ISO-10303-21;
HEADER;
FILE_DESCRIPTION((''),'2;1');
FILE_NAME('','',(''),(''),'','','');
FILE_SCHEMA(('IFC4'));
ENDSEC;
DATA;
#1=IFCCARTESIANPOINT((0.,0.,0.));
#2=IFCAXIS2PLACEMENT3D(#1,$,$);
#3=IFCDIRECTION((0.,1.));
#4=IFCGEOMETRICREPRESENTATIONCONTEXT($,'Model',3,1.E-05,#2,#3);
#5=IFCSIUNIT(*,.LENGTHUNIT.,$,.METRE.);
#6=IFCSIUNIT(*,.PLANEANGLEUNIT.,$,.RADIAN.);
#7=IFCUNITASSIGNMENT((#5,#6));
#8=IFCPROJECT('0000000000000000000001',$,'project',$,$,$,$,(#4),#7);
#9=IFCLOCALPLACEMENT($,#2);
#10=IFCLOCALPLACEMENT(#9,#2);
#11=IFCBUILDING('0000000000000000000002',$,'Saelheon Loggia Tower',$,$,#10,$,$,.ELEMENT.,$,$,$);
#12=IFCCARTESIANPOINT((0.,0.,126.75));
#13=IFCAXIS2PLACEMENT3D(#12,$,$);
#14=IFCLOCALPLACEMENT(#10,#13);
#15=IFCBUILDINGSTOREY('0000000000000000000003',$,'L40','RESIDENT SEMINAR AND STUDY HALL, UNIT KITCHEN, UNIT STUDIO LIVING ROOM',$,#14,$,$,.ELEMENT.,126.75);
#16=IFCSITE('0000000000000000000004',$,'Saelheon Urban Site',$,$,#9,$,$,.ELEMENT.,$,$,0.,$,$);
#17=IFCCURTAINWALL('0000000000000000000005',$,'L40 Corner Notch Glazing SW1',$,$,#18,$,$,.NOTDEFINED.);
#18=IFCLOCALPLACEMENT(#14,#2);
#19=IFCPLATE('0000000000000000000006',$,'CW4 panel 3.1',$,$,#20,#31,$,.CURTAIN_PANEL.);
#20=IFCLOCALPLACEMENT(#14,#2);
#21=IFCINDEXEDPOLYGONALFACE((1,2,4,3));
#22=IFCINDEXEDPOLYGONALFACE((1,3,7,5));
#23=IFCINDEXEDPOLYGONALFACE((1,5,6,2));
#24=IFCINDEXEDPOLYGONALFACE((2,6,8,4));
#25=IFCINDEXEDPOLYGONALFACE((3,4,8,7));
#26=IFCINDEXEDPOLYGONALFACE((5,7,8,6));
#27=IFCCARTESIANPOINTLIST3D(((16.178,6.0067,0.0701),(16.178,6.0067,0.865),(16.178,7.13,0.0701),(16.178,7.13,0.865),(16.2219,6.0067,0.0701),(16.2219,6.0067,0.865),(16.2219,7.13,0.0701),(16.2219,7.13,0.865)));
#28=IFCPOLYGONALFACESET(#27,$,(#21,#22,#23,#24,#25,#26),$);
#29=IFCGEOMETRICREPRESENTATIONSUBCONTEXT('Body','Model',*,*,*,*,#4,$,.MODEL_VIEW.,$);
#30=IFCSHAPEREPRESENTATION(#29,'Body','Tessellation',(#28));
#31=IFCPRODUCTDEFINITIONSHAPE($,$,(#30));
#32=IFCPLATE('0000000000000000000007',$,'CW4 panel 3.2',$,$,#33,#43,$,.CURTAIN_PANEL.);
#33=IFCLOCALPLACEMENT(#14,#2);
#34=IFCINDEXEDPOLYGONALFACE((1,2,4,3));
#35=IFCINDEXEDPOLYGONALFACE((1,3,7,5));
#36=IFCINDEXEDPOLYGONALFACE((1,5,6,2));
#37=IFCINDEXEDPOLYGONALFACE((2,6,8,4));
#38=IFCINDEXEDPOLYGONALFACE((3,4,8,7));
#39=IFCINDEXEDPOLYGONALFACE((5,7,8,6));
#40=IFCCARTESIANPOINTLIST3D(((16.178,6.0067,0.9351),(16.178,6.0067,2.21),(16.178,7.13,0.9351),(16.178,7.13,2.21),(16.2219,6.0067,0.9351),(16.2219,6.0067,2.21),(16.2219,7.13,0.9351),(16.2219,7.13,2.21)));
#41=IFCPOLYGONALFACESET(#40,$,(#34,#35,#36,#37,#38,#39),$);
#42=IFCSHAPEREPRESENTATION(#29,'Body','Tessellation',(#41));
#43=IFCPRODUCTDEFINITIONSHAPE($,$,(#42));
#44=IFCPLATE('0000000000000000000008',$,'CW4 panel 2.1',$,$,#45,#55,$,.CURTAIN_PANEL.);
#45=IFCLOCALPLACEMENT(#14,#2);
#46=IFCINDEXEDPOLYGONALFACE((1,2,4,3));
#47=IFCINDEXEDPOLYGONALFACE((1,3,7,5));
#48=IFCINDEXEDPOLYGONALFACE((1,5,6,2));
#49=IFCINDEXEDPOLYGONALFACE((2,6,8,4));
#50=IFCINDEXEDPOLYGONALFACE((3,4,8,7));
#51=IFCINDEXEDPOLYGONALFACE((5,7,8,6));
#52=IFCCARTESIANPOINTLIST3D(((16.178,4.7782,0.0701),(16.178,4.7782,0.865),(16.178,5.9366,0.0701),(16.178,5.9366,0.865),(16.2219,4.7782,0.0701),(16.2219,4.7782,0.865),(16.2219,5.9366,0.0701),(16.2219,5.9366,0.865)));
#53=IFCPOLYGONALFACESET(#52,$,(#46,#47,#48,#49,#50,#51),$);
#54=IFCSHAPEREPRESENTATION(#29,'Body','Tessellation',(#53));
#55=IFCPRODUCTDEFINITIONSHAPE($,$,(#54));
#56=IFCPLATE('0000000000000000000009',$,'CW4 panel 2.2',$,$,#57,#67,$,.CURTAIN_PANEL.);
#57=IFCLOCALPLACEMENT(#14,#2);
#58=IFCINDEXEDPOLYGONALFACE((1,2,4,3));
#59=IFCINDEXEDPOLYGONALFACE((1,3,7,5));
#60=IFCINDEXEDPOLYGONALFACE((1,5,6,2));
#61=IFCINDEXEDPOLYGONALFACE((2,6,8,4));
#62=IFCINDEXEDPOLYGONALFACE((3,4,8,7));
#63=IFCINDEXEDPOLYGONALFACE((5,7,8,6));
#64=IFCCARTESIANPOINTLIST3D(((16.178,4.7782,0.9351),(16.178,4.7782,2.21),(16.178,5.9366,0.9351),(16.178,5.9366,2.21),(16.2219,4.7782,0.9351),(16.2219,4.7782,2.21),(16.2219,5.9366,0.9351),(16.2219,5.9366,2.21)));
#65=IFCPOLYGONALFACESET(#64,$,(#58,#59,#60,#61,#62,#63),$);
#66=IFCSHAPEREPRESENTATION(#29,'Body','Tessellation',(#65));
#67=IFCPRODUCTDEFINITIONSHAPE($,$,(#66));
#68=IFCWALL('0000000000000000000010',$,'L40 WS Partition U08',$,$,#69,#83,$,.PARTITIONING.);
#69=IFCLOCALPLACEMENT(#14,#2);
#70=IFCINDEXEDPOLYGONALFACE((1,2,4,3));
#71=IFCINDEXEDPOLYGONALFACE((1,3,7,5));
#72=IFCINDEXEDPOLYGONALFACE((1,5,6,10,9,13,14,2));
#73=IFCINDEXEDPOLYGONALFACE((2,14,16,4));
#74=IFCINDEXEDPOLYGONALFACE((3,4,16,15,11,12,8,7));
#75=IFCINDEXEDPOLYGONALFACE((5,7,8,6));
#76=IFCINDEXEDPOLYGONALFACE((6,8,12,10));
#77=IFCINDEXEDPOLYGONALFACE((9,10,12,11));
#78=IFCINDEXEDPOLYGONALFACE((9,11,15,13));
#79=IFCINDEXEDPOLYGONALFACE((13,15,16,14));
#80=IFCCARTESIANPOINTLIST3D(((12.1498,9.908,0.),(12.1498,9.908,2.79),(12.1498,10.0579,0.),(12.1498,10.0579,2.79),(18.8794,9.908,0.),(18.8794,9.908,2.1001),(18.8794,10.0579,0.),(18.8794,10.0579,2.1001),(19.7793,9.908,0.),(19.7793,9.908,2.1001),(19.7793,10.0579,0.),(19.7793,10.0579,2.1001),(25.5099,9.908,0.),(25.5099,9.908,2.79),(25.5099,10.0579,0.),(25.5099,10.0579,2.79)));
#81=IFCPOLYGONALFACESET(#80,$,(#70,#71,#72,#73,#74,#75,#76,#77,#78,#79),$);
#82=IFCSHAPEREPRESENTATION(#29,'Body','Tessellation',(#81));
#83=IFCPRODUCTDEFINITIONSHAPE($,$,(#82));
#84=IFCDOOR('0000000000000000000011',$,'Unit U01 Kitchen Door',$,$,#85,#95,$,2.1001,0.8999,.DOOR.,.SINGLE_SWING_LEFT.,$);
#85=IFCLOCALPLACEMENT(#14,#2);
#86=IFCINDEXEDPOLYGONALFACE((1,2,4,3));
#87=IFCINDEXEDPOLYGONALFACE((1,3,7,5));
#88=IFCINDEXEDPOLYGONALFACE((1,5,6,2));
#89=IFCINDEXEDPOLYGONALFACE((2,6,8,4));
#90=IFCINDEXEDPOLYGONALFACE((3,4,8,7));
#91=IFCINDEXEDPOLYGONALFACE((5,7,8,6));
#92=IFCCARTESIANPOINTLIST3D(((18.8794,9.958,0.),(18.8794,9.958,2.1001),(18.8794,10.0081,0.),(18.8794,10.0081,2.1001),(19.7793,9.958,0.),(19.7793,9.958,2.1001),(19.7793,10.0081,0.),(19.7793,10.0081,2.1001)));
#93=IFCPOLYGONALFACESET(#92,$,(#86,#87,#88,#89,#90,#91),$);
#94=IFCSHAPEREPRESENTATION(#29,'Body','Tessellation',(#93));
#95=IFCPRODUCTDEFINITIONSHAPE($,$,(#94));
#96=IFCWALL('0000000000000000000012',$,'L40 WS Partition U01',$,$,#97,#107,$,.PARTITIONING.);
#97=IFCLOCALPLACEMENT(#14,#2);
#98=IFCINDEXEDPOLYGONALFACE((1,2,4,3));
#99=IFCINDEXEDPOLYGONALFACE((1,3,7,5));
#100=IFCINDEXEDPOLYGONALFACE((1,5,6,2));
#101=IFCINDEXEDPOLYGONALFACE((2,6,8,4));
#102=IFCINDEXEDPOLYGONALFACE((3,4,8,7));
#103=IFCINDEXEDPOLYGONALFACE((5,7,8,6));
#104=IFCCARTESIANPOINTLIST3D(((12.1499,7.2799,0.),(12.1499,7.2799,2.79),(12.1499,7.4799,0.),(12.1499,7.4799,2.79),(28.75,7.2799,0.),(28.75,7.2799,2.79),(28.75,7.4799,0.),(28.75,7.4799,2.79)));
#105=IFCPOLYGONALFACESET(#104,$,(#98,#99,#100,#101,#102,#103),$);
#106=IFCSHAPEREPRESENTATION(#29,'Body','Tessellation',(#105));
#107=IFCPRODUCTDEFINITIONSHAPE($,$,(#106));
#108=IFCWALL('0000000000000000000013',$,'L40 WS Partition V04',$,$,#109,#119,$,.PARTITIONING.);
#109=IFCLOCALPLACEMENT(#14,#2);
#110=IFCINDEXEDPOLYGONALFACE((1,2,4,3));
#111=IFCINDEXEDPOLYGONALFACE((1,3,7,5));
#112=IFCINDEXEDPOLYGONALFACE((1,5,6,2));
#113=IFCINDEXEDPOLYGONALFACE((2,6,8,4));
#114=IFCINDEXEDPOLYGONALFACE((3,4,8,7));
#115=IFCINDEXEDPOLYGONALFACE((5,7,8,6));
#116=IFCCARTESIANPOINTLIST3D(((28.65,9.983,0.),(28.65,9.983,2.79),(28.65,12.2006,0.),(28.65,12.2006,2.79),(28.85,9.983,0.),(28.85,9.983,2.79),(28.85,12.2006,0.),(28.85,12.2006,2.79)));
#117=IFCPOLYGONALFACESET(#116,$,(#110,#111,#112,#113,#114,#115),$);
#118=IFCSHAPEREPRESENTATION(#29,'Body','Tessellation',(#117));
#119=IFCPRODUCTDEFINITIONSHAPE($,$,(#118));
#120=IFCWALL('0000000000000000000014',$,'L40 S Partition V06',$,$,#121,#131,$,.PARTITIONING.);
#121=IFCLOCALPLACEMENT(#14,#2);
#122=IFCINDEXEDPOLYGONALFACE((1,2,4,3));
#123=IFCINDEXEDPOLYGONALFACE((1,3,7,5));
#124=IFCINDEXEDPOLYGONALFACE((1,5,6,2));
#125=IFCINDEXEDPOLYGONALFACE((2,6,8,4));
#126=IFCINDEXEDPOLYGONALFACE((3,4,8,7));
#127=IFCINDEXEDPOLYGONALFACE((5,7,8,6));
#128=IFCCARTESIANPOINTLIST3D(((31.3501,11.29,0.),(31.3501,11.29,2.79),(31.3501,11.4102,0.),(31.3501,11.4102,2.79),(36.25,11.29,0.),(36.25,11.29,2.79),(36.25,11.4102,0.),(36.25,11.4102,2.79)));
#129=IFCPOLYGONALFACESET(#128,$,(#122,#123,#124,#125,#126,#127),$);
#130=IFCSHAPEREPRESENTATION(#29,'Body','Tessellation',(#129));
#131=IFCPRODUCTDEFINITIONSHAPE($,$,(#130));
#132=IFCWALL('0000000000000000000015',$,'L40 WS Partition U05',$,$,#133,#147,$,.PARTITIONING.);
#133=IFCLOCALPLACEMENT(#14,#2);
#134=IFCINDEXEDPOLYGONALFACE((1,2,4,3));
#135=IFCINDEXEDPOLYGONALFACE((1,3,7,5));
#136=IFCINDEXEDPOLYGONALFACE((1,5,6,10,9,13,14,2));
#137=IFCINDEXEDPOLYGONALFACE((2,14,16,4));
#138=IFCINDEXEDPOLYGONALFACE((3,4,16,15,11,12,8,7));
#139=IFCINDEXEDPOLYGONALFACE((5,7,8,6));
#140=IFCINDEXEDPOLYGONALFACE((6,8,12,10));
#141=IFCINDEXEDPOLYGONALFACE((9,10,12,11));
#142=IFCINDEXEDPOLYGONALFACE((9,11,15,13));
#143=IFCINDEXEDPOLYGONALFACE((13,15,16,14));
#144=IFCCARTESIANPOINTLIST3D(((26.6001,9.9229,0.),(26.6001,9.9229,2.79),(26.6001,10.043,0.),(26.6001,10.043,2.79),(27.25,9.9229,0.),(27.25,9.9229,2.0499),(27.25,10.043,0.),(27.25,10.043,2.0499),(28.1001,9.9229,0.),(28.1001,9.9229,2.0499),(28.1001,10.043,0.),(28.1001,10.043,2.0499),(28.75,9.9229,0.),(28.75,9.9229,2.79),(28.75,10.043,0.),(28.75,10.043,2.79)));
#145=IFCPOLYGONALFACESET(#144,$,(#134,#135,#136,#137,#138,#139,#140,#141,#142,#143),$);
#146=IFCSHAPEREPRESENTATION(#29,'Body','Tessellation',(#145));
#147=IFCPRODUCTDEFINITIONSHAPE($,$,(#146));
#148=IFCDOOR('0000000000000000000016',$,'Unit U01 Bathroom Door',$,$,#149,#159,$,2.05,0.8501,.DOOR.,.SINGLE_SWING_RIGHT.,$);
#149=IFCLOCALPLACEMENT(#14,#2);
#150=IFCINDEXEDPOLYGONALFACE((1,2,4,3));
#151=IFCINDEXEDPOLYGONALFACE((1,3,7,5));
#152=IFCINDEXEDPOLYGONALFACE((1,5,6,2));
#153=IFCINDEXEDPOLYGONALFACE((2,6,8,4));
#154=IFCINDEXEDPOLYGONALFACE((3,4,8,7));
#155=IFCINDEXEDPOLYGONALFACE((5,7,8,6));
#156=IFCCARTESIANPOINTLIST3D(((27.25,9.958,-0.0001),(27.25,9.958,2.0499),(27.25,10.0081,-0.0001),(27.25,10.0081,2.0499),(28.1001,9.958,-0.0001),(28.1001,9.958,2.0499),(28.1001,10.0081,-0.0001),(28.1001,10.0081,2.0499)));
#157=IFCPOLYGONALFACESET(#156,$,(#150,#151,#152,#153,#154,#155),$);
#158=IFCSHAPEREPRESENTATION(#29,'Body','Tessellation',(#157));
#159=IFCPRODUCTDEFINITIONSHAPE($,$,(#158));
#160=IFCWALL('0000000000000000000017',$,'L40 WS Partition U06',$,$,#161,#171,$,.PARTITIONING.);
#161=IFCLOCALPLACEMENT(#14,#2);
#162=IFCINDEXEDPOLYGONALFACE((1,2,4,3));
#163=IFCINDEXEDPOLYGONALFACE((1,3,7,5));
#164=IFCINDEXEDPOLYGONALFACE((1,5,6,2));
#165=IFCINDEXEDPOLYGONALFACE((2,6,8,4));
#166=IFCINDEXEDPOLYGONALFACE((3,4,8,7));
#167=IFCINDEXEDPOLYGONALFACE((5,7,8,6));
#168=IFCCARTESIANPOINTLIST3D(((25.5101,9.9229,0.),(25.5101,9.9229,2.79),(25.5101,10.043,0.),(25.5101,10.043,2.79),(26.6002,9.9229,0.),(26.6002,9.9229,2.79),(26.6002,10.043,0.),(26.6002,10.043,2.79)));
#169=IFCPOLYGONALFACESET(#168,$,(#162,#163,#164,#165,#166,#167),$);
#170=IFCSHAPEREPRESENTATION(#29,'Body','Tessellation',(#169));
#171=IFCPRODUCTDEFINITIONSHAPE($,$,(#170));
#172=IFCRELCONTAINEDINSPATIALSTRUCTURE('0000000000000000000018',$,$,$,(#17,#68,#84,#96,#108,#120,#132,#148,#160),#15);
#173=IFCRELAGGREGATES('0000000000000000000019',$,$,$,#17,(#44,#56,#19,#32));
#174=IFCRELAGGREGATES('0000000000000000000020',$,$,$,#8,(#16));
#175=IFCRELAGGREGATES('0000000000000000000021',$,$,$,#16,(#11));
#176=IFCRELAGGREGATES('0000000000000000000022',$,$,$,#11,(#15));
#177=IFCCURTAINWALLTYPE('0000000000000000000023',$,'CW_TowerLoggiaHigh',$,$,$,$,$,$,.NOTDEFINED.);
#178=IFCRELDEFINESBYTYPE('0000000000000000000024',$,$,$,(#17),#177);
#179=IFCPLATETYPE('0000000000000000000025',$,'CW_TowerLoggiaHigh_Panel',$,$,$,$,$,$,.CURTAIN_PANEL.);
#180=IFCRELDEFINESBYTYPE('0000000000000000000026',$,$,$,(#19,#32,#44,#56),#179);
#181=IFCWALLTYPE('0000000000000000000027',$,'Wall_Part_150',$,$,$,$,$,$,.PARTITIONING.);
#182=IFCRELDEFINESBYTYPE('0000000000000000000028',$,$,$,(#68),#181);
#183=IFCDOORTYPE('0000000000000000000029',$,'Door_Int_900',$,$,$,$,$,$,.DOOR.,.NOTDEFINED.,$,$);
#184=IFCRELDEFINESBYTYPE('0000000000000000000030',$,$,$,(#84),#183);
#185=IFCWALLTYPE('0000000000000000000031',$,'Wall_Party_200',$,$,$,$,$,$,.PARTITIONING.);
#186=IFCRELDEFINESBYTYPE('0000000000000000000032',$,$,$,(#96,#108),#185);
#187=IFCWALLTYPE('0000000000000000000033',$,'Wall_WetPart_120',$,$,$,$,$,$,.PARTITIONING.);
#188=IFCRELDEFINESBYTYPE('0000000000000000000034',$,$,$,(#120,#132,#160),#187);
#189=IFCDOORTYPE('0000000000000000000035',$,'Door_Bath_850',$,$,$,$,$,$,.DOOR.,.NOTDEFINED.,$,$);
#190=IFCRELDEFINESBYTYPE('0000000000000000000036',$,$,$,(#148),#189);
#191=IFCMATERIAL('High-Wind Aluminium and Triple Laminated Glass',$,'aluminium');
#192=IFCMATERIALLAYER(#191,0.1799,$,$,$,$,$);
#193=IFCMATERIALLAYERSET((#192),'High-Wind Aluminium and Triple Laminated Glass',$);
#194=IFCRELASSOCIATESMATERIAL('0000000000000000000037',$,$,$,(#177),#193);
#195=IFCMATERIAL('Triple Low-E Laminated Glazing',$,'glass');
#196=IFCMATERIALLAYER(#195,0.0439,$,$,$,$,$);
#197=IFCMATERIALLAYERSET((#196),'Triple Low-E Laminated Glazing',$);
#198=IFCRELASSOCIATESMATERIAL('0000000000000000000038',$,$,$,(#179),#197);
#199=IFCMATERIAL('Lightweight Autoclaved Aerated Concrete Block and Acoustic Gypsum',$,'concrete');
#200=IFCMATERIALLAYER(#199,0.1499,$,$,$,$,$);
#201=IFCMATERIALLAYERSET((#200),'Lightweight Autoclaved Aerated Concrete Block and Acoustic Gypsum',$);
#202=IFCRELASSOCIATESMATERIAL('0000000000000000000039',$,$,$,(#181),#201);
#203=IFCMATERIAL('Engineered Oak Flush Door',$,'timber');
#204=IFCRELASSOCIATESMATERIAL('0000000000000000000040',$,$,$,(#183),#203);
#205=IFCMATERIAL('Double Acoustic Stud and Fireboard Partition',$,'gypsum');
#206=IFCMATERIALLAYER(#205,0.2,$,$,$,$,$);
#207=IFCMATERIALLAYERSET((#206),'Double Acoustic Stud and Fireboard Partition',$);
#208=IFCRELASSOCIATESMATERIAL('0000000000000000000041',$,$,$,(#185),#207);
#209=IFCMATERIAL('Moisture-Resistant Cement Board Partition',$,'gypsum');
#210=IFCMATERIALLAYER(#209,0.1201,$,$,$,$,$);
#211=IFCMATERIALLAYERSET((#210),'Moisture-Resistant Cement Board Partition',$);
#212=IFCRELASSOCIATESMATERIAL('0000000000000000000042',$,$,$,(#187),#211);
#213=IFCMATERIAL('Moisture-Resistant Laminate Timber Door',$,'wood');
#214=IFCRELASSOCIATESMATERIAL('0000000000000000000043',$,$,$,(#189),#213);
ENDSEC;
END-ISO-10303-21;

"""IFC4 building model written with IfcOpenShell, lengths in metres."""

from ifc_helpers import new_model, si_unit, direction, frame, frame_2d, origin, origin_2d, place, context, subcontext, project, spatial, rectangle, extrude, source, transform, mapped, material, layer, layer_set, type_object, element, fill, aggregate, save


model = new_model("IFC4")

# Units and contexts
model_context = context("Model", 3, precision=1e-05, world=origin(), true_north=direction((0.0, 1.0)))
body_context = subcontext(model_context, "Body", "Model", "MODEL_VIEW")
ifc_project = project(units=[si_unit("LENGTHUNIT", "METRE"), si_unit("PLANEANGLEUNIT", "RADIAN")], contexts=[model_context])

# Site, building, storey
site_placement = place(None, origin())
site = spatial("IfcSite", under=ifc_project, at=site_placement, Name="Saelheon Urban Site", CompositionType="ELEMENT", RefElevation=0.0)
building_placement = place(site_placement, origin())
building = spatial("IfcBuilding", under=site, at=building_placement, Name="Saelheon Loggia Tower", CompositionType="ELEMENT")
storey_placement = place(building_placement, frame((0.0, 0.0, 126.75)))
storey = spatial("IfcBuildingStorey", under=building, at=storey_placement, Name="L40", Description="RESIDENT SEMINAR AND STUDY HALL, UNIT KITCHEN, UNIT STUDIO LIVING ROOM", CompositionType="ELEMENT", Elevation=126.75)

# Curtain wall, plates
ifc_material_1 = material(Name="High-Wind Aluminium and Triple Laminated Glass", Category="aluminium")
ifc_layer_1 = layer(ifc_material_1, 0.1799)
ifc_layer_set_1 = layer_set([ifc_layer_1], Name="High-Wind Aluminium and Triple Laminated Glass")
curtain_wall_type = type_object("IfcCurtainWallType", Name="CW_TowerLoggiaHigh", PredefinedType="NOTDEFINED", material=ifc_layer_set_1)
curtain_wall_placement = place(storey_placement, origin())
curtain_wall = element("IfcCurtainWall", 1, at=curtain_wall_placement, inside=storey, type_object=curtain_wall_type, Name="L40 Corner Notch Glazing SW1", PredefinedType="NOTDEFINED")
ifc_material_2 = material(Name="Triple Low-E Laminated Glazing", Category="glass")
ifc_layer_2 = layer(ifc_material_2, 0.0439)
ifc_layer_set_2 = layer_set([ifc_layer_2], Name="Triple Low-E Laminated Glazing")
plate_type = type_object("IfcPlateType", Name="CW_TowerLoggiaHigh_Panel", PredefinedType="CURTAIN_PANEL", material=ifc_layer_set_2)
shared_shape_1 = source(origin(), body_context, "Body", "SweptSolid", [
    extrude(rectangle(XDim=1.1233, YDim=0.0439, at=origin_2d()), origin(), (0.0, 0.0, 1.0), 0.7949),
])
plate_1_placement = place(storey_placement, frame((16.2, 6.5684, 0.0701), z_axis=(0.0, 0.0, 1.0), x_axis=(0.0, 1.0, 0.0)))
plate_1 = element("IfcPlate", 2, at=plate_1_placement, type_object=plate_type, Name="CW4 panel 3.1", PredefinedType="CURTAIN_PANEL", context=body_context, shape_type="MappedRepresentation", body=[
    mapped(shared_shape_1, transform((0.0, 0.0, 0.0), scale=1.0)),
])
shared_shape_2 = source(origin(), body_context, "Body", "SweptSolid", [
    extrude(rectangle(XDim=1.1233, YDim=0.0439, at=origin_2d()), origin(), (0.0, 0.0, 1.0), 1.2749),
])
plate_2_placement = place(storey_placement, frame((16.2, 6.5684, 0.9351), z_axis=(0.0, 0.0, 1.0), x_axis=(0.0, 1.0, 0.0)))
plate_2 = element("IfcPlate", 3, at=plate_2_placement, type_object=plate_type, Name="CW4 panel 3.2", PredefinedType="CURTAIN_PANEL", context=body_context, shape_type="MappedRepresentation", body=[
    mapped(shared_shape_2, transform((0.0, 0.0, 0.0), scale=1.0)),
])
shared_shape_3 = source(origin(), body_context, "Body", "SweptSolid", [
    extrude(rectangle(XDim=1.1584, YDim=0.0439, at=origin_2d()), origin(), (0.0, 0.0, 1.0), 0.7949),
])
plate_3_placement = place(storey_placement, frame((16.2, 5.3574, 0.0701), z_axis=(0.0, 0.0, 1.0), x_axis=(0.0, 1.0, 0.0)))
plate_3 = element("IfcPlate", 4, at=plate_3_placement, type_object=plate_type, Name="CW4 panel 2.1", PredefinedType="CURTAIN_PANEL", context=body_context, shape_type="MappedRepresentation", body=[
    mapped(shared_shape_3, transform((0.0, 0.0, 0.0), scale=1.0)),
])
shared_shape_4 = source(origin(), body_context, "Body", "SweptSolid", [
    extrude(rectangle(XDim=1.1584, YDim=0.0439, at=origin_2d()), origin(), (0.0, 0.0, 1.0), 1.2749),
])
plate_4_placement = place(storey_placement, frame((16.2, 5.3574, 0.9351), z_axis=(0.0, 0.0, 1.0), x_axis=(0.0, 1.0, 0.0)))
plate_4 = element("IfcPlate", 5, at=plate_4_placement, type_object=plate_type, Name="CW4 panel 2.2", PredefinedType="CURTAIN_PANEL", context=body_context, shape_type="MappedRepresentation", body=[
    mapped(shared_shape_4, transform((0.0, 0.0, 0.0), scale=1.0)),
])
aggregate(curtain_wall, [plate_3, plate_4, plate_1, plate_2])

# Wall, opening, door
ifc_material_3 = material(Name="Lightweight Autoclaved Aerated Concrete Block and Acoustic Gypsum", Category="concrete")
ifc_layer_3 = layer(ifc_material_3, 0.1499)
ifc_layer_set_3 = layer_set([ifc_layer_3], Name="Lightweight Autoclaved Aerated Concrete Block and Acoustic Gypsum")
wall_type_1 = type_object("IfcWallType", Name="Wall_Part_150", PredefinedType="PARTITIONING", material=ifc_layer_set_3)
wall_1_placement = place(storey_placement, frame((25.51, 9.9829, 0.0), z_axis=(0.0, 0.0, 1.0), x_axis=(-1.0, 0.0, 0.0)))
wall_1 = element("IfcWall", 6, at=wall_1_placement, inside=storey, type_object=wall_type_1, Name="L40 WS Partition U08", PredefinedType="PARTITIONING", context=body_context, shape_type="SweptSolid", body=[
    extrude(rectangle(XDim=13.3601, YDim=0.1499, at=frame_2d((6.6802, 0.0))), origin(), (0.0, 0.0, 1.0), 2.79),
])
opening_1_placement = place(wall_1_placement, frame((5.7307, 0.0, 0.0)))
opening_1 = element("IfcOpeningElement", 7, at=opening_1_placement, cuts=wall_1, PredefinedType="OPENING", context=body_context, shape_type="SweptSolid", body=[
    extrude(rectangle(XDim=0.8999, YDim=2.1001, at=frame_2d((0.45, 1.05))), frame((0.0, 0.0869, 0.0), z_axis=(0.0, -1.0, 0.0), x_axis=(1.0, 0.0, 0.0)), (0.0, 0.0, 1.0), 0.1738),
])
ifc_material_4 = material(Name="Engineered Oak Flush Door", Category="timber")
door_type_1 = type_object("IfcDoorType", Name="Door_Int_900", OperationType="NOTDEFINED", PredefinedType="DOOR", material=ifc_material_4)
shared_shape_5 = source(origin(), body_context, "Body", "SweptSolid", [
    extrude(rectangle(XDim=0.8999, YDim=2.1001, at=frame_2d((0.45, 1.05))), frame((0.0, 0.0249, 0.0), z_axis=(0.0, -1.0, 0.0), x_axis=(1.0, 0.0, 0.0)), (0.0, 0.0, 1.0), 0.05),
])
door_1_placement = place(opening_1_placement, origin())
door_1 = element("IfcDoor", 8, at=door_1_placement, inside=storey, type_object=door_type_1, Name="Unit U01 Kitchen Door", OperationType="SINGLE_SWING_LEFT", OverallHeight=2.1001, OverallWidth=0.8999, PredefinedType="DOOR", context=body_context, shape_type="MappedRepresentation", body=[
    mapped(shared_shape_5, transform((0.0, 0.0, 0.0), scale=1.0)),
])
fill(opening_1, door_1)

# Wall
ifc_material_5 = material(Name="Double Acoustic Stud and Fireboard Partition", Category="gypsum")
ifc_layer_4 = layer(ifc_material_5, 0.2)
ifc_layer_set_4 = layer_set([ifc_layer_4], Name="Double Acoustic Stud and Fireboard Partition")
wall_type_2 = type_object("IfcWallType", Name="Wall_Party_200", PredefinedType="PARTITIONING", material=ifc_layer_set_4)
wall_2_placement = place(storey_placement, frame((28.75, 7.3799, 0.0), z_axis=(0.0, 0.0, 1.0), x_axis=(-1.0, 0.0, 0.0)))
element("IfcWall", 9, at=wall_2_placement, inside=storey, type_object=wall_type_2, Name="L40 WS Partition U01", PredefinedType="PARTITIONING", context=body_context, shape_type="SweptSolid", body=[
    extrude(rectangle(XDim=16.6001, YDim=0.2, at=frame_2d((8.3, 0.0))), origin(), (0.0, 0.0, 1.0), 2.79),
])

# Walls
wall_3_placement = place(storey_placement, frame((28.75, 9.9829, 0.0), z_axis=(0.0, 0.0, 1.0), x_axis=(0.0, 1.0, 0.0)))
element("IfcWall", 10, at=wall_3_placement, inside=storey, type_object=wall_type_2, Name="L40 WS Partition V04", PredefinedType="PARTITIONING", context=body_context, shape_type="SweptSolid", body=[
    extrude(rectangle(XDim=2.2175, YDim=0.2, at=frame_2d((1.1089, 0.0))), origin(), (0.0, 0.0, 1.0), 2.79),
])
ifc_material_6 = material(Name="Moisture-Resistant Cement Board Partition", Category="gypsum")
ifc_layer_5 = layer(ifc_material_6, 0.1201)
ifc_layer_set_5 = layer_set([ifc_layer_5], Name="Moisture-Resistant Cement Board Partition")
wall_type_3 = type_object("IfcWallType", Name="Wall_WetPart_120", PredefinedType="PARTITIONING", material=ifc_layer_set_5)
wall_4_placement = place(storey_placement, frame((31.3501, 11.3501, 0.0), z_axis=(0.0, 0.0, 1.0), x_axis=(1.0, 0.0, 0.0)))
element("IfcWall", 11, at=wall_4_placement, inside=storey, type_object=wall_type_3, Name="L40 S Partition V06", PredefinedType="PARTITIONING", context=body_context, shape_type="SweptSolid", body=[
    extrude(rectangle(XDim=4.8999, YDim=0.1201, at=frame_2d((2.45, 0.0))), origin(), (0.0, 0.0, 1.0), 2.79),
])

# Wall, opening, door
wall_5_placement = place(storey_placement, frame((28.75, 9.9829, 0.0), z_axis=(0.0, 0.0, 1.0), x_axis=(-1.0, 0.0, 0.0)))
wall_5 = element("IfcWall", 12, at=wall_5_placement, inside=storey, type_object=wall_type_3, Name="L40 WS Partition U05", PredefinedType="PARTITIONING", context=body_context, shape_type="SweptSolid", body=[
    extrude(rectangle(XDim=2.1499, YDim=0.1201, at=frame_2d((1.075, 0.0))), origin(), (0.0, 0.0, 1.0), 2.79),
])
opening_2_placement = place(wall_5_placement, frame((0.6499, 0.0, 0.0)))
opening_2 = element("IfcOpeningElement", 13, at=opening_2_placement, cuts=wall_5, PredefinedType="OPENING", context=body_context, shape_type="SweptSolid", body=[
    extrude(rectangle(XDim=0.8501, YDim=2.05, at=frame_2d((0.425, 1.0249))), frame((0.0, 0.072, 0.0), z_axis=(0.0, -1.0, 0.0), x_axis=(1.0, 0.0, 0.0)), (0.0, 0.0, 1.0), 0.144),
])
ifc_material_7 = material(Name="Moisture-Resistant Laminate Timber Door", Category="wood")
door_type_2 = type_object("IfcDoorType", Name="Door_Bath_850", OperationType="NOTDEFINED", PredefinedType="DOOR", material=ifc_material_7)
shared_shape_6 = source(origin(), body_context, "Body", "SweptSolid", [
    extrude(rectangle(XDim=0.8501, YDim=2.05, at=frame_2d((0.425, 1.0249))), frame((0.0, 0.0249, 0.0), z_axis=(0.0, -1.0, 0.0), x_axis=(1.0, 0.0, 0.0)), (0.0, 0.0, 1.0), 0.05),
])
door_2_placement = place(opening_2_placement, origin())
door_2 = element("IfcDoor", 14, at=door_2_placement, inside=storey, type_object=door_type_2, Name="Unit U01 Bathroom Door", OperationType="SINGLE_SWING_RIGHT", OverallHeight=2.05, OverallWidth=0.8501, PredefinedType="DOOR", context=body_context, shape_type="MappedRepresentation", body=[
    mapped(shared_shape_6, transform((0.0, 0.0, 0.0), scale=1.0)),
])
fill(opening_2, door_2)

# Wall
wall_6_placement = place(storey_placement, frame((26.6001, 9.9829, 0.0), z_axis=(0.0, 0.0, 1.0), x_axis=(-1.0, 0.0, 0.0)))
element("IfcWall", 15, at=wall_6_placement, inside=storey, type_object=wall_type_3, Name="L40 WS Partition U06", PredefinedType="PARTITIONING", context=body_context, shape_type="SweptSolid", body=[
    extrude(rectangle(XDim=1.0901, YDim=0.1201, at=frame_2d((0.5449, 0.0))), origin(), (0.0, 0.0, 1.0), 2.79),
])

save(model, "model.ifc")
